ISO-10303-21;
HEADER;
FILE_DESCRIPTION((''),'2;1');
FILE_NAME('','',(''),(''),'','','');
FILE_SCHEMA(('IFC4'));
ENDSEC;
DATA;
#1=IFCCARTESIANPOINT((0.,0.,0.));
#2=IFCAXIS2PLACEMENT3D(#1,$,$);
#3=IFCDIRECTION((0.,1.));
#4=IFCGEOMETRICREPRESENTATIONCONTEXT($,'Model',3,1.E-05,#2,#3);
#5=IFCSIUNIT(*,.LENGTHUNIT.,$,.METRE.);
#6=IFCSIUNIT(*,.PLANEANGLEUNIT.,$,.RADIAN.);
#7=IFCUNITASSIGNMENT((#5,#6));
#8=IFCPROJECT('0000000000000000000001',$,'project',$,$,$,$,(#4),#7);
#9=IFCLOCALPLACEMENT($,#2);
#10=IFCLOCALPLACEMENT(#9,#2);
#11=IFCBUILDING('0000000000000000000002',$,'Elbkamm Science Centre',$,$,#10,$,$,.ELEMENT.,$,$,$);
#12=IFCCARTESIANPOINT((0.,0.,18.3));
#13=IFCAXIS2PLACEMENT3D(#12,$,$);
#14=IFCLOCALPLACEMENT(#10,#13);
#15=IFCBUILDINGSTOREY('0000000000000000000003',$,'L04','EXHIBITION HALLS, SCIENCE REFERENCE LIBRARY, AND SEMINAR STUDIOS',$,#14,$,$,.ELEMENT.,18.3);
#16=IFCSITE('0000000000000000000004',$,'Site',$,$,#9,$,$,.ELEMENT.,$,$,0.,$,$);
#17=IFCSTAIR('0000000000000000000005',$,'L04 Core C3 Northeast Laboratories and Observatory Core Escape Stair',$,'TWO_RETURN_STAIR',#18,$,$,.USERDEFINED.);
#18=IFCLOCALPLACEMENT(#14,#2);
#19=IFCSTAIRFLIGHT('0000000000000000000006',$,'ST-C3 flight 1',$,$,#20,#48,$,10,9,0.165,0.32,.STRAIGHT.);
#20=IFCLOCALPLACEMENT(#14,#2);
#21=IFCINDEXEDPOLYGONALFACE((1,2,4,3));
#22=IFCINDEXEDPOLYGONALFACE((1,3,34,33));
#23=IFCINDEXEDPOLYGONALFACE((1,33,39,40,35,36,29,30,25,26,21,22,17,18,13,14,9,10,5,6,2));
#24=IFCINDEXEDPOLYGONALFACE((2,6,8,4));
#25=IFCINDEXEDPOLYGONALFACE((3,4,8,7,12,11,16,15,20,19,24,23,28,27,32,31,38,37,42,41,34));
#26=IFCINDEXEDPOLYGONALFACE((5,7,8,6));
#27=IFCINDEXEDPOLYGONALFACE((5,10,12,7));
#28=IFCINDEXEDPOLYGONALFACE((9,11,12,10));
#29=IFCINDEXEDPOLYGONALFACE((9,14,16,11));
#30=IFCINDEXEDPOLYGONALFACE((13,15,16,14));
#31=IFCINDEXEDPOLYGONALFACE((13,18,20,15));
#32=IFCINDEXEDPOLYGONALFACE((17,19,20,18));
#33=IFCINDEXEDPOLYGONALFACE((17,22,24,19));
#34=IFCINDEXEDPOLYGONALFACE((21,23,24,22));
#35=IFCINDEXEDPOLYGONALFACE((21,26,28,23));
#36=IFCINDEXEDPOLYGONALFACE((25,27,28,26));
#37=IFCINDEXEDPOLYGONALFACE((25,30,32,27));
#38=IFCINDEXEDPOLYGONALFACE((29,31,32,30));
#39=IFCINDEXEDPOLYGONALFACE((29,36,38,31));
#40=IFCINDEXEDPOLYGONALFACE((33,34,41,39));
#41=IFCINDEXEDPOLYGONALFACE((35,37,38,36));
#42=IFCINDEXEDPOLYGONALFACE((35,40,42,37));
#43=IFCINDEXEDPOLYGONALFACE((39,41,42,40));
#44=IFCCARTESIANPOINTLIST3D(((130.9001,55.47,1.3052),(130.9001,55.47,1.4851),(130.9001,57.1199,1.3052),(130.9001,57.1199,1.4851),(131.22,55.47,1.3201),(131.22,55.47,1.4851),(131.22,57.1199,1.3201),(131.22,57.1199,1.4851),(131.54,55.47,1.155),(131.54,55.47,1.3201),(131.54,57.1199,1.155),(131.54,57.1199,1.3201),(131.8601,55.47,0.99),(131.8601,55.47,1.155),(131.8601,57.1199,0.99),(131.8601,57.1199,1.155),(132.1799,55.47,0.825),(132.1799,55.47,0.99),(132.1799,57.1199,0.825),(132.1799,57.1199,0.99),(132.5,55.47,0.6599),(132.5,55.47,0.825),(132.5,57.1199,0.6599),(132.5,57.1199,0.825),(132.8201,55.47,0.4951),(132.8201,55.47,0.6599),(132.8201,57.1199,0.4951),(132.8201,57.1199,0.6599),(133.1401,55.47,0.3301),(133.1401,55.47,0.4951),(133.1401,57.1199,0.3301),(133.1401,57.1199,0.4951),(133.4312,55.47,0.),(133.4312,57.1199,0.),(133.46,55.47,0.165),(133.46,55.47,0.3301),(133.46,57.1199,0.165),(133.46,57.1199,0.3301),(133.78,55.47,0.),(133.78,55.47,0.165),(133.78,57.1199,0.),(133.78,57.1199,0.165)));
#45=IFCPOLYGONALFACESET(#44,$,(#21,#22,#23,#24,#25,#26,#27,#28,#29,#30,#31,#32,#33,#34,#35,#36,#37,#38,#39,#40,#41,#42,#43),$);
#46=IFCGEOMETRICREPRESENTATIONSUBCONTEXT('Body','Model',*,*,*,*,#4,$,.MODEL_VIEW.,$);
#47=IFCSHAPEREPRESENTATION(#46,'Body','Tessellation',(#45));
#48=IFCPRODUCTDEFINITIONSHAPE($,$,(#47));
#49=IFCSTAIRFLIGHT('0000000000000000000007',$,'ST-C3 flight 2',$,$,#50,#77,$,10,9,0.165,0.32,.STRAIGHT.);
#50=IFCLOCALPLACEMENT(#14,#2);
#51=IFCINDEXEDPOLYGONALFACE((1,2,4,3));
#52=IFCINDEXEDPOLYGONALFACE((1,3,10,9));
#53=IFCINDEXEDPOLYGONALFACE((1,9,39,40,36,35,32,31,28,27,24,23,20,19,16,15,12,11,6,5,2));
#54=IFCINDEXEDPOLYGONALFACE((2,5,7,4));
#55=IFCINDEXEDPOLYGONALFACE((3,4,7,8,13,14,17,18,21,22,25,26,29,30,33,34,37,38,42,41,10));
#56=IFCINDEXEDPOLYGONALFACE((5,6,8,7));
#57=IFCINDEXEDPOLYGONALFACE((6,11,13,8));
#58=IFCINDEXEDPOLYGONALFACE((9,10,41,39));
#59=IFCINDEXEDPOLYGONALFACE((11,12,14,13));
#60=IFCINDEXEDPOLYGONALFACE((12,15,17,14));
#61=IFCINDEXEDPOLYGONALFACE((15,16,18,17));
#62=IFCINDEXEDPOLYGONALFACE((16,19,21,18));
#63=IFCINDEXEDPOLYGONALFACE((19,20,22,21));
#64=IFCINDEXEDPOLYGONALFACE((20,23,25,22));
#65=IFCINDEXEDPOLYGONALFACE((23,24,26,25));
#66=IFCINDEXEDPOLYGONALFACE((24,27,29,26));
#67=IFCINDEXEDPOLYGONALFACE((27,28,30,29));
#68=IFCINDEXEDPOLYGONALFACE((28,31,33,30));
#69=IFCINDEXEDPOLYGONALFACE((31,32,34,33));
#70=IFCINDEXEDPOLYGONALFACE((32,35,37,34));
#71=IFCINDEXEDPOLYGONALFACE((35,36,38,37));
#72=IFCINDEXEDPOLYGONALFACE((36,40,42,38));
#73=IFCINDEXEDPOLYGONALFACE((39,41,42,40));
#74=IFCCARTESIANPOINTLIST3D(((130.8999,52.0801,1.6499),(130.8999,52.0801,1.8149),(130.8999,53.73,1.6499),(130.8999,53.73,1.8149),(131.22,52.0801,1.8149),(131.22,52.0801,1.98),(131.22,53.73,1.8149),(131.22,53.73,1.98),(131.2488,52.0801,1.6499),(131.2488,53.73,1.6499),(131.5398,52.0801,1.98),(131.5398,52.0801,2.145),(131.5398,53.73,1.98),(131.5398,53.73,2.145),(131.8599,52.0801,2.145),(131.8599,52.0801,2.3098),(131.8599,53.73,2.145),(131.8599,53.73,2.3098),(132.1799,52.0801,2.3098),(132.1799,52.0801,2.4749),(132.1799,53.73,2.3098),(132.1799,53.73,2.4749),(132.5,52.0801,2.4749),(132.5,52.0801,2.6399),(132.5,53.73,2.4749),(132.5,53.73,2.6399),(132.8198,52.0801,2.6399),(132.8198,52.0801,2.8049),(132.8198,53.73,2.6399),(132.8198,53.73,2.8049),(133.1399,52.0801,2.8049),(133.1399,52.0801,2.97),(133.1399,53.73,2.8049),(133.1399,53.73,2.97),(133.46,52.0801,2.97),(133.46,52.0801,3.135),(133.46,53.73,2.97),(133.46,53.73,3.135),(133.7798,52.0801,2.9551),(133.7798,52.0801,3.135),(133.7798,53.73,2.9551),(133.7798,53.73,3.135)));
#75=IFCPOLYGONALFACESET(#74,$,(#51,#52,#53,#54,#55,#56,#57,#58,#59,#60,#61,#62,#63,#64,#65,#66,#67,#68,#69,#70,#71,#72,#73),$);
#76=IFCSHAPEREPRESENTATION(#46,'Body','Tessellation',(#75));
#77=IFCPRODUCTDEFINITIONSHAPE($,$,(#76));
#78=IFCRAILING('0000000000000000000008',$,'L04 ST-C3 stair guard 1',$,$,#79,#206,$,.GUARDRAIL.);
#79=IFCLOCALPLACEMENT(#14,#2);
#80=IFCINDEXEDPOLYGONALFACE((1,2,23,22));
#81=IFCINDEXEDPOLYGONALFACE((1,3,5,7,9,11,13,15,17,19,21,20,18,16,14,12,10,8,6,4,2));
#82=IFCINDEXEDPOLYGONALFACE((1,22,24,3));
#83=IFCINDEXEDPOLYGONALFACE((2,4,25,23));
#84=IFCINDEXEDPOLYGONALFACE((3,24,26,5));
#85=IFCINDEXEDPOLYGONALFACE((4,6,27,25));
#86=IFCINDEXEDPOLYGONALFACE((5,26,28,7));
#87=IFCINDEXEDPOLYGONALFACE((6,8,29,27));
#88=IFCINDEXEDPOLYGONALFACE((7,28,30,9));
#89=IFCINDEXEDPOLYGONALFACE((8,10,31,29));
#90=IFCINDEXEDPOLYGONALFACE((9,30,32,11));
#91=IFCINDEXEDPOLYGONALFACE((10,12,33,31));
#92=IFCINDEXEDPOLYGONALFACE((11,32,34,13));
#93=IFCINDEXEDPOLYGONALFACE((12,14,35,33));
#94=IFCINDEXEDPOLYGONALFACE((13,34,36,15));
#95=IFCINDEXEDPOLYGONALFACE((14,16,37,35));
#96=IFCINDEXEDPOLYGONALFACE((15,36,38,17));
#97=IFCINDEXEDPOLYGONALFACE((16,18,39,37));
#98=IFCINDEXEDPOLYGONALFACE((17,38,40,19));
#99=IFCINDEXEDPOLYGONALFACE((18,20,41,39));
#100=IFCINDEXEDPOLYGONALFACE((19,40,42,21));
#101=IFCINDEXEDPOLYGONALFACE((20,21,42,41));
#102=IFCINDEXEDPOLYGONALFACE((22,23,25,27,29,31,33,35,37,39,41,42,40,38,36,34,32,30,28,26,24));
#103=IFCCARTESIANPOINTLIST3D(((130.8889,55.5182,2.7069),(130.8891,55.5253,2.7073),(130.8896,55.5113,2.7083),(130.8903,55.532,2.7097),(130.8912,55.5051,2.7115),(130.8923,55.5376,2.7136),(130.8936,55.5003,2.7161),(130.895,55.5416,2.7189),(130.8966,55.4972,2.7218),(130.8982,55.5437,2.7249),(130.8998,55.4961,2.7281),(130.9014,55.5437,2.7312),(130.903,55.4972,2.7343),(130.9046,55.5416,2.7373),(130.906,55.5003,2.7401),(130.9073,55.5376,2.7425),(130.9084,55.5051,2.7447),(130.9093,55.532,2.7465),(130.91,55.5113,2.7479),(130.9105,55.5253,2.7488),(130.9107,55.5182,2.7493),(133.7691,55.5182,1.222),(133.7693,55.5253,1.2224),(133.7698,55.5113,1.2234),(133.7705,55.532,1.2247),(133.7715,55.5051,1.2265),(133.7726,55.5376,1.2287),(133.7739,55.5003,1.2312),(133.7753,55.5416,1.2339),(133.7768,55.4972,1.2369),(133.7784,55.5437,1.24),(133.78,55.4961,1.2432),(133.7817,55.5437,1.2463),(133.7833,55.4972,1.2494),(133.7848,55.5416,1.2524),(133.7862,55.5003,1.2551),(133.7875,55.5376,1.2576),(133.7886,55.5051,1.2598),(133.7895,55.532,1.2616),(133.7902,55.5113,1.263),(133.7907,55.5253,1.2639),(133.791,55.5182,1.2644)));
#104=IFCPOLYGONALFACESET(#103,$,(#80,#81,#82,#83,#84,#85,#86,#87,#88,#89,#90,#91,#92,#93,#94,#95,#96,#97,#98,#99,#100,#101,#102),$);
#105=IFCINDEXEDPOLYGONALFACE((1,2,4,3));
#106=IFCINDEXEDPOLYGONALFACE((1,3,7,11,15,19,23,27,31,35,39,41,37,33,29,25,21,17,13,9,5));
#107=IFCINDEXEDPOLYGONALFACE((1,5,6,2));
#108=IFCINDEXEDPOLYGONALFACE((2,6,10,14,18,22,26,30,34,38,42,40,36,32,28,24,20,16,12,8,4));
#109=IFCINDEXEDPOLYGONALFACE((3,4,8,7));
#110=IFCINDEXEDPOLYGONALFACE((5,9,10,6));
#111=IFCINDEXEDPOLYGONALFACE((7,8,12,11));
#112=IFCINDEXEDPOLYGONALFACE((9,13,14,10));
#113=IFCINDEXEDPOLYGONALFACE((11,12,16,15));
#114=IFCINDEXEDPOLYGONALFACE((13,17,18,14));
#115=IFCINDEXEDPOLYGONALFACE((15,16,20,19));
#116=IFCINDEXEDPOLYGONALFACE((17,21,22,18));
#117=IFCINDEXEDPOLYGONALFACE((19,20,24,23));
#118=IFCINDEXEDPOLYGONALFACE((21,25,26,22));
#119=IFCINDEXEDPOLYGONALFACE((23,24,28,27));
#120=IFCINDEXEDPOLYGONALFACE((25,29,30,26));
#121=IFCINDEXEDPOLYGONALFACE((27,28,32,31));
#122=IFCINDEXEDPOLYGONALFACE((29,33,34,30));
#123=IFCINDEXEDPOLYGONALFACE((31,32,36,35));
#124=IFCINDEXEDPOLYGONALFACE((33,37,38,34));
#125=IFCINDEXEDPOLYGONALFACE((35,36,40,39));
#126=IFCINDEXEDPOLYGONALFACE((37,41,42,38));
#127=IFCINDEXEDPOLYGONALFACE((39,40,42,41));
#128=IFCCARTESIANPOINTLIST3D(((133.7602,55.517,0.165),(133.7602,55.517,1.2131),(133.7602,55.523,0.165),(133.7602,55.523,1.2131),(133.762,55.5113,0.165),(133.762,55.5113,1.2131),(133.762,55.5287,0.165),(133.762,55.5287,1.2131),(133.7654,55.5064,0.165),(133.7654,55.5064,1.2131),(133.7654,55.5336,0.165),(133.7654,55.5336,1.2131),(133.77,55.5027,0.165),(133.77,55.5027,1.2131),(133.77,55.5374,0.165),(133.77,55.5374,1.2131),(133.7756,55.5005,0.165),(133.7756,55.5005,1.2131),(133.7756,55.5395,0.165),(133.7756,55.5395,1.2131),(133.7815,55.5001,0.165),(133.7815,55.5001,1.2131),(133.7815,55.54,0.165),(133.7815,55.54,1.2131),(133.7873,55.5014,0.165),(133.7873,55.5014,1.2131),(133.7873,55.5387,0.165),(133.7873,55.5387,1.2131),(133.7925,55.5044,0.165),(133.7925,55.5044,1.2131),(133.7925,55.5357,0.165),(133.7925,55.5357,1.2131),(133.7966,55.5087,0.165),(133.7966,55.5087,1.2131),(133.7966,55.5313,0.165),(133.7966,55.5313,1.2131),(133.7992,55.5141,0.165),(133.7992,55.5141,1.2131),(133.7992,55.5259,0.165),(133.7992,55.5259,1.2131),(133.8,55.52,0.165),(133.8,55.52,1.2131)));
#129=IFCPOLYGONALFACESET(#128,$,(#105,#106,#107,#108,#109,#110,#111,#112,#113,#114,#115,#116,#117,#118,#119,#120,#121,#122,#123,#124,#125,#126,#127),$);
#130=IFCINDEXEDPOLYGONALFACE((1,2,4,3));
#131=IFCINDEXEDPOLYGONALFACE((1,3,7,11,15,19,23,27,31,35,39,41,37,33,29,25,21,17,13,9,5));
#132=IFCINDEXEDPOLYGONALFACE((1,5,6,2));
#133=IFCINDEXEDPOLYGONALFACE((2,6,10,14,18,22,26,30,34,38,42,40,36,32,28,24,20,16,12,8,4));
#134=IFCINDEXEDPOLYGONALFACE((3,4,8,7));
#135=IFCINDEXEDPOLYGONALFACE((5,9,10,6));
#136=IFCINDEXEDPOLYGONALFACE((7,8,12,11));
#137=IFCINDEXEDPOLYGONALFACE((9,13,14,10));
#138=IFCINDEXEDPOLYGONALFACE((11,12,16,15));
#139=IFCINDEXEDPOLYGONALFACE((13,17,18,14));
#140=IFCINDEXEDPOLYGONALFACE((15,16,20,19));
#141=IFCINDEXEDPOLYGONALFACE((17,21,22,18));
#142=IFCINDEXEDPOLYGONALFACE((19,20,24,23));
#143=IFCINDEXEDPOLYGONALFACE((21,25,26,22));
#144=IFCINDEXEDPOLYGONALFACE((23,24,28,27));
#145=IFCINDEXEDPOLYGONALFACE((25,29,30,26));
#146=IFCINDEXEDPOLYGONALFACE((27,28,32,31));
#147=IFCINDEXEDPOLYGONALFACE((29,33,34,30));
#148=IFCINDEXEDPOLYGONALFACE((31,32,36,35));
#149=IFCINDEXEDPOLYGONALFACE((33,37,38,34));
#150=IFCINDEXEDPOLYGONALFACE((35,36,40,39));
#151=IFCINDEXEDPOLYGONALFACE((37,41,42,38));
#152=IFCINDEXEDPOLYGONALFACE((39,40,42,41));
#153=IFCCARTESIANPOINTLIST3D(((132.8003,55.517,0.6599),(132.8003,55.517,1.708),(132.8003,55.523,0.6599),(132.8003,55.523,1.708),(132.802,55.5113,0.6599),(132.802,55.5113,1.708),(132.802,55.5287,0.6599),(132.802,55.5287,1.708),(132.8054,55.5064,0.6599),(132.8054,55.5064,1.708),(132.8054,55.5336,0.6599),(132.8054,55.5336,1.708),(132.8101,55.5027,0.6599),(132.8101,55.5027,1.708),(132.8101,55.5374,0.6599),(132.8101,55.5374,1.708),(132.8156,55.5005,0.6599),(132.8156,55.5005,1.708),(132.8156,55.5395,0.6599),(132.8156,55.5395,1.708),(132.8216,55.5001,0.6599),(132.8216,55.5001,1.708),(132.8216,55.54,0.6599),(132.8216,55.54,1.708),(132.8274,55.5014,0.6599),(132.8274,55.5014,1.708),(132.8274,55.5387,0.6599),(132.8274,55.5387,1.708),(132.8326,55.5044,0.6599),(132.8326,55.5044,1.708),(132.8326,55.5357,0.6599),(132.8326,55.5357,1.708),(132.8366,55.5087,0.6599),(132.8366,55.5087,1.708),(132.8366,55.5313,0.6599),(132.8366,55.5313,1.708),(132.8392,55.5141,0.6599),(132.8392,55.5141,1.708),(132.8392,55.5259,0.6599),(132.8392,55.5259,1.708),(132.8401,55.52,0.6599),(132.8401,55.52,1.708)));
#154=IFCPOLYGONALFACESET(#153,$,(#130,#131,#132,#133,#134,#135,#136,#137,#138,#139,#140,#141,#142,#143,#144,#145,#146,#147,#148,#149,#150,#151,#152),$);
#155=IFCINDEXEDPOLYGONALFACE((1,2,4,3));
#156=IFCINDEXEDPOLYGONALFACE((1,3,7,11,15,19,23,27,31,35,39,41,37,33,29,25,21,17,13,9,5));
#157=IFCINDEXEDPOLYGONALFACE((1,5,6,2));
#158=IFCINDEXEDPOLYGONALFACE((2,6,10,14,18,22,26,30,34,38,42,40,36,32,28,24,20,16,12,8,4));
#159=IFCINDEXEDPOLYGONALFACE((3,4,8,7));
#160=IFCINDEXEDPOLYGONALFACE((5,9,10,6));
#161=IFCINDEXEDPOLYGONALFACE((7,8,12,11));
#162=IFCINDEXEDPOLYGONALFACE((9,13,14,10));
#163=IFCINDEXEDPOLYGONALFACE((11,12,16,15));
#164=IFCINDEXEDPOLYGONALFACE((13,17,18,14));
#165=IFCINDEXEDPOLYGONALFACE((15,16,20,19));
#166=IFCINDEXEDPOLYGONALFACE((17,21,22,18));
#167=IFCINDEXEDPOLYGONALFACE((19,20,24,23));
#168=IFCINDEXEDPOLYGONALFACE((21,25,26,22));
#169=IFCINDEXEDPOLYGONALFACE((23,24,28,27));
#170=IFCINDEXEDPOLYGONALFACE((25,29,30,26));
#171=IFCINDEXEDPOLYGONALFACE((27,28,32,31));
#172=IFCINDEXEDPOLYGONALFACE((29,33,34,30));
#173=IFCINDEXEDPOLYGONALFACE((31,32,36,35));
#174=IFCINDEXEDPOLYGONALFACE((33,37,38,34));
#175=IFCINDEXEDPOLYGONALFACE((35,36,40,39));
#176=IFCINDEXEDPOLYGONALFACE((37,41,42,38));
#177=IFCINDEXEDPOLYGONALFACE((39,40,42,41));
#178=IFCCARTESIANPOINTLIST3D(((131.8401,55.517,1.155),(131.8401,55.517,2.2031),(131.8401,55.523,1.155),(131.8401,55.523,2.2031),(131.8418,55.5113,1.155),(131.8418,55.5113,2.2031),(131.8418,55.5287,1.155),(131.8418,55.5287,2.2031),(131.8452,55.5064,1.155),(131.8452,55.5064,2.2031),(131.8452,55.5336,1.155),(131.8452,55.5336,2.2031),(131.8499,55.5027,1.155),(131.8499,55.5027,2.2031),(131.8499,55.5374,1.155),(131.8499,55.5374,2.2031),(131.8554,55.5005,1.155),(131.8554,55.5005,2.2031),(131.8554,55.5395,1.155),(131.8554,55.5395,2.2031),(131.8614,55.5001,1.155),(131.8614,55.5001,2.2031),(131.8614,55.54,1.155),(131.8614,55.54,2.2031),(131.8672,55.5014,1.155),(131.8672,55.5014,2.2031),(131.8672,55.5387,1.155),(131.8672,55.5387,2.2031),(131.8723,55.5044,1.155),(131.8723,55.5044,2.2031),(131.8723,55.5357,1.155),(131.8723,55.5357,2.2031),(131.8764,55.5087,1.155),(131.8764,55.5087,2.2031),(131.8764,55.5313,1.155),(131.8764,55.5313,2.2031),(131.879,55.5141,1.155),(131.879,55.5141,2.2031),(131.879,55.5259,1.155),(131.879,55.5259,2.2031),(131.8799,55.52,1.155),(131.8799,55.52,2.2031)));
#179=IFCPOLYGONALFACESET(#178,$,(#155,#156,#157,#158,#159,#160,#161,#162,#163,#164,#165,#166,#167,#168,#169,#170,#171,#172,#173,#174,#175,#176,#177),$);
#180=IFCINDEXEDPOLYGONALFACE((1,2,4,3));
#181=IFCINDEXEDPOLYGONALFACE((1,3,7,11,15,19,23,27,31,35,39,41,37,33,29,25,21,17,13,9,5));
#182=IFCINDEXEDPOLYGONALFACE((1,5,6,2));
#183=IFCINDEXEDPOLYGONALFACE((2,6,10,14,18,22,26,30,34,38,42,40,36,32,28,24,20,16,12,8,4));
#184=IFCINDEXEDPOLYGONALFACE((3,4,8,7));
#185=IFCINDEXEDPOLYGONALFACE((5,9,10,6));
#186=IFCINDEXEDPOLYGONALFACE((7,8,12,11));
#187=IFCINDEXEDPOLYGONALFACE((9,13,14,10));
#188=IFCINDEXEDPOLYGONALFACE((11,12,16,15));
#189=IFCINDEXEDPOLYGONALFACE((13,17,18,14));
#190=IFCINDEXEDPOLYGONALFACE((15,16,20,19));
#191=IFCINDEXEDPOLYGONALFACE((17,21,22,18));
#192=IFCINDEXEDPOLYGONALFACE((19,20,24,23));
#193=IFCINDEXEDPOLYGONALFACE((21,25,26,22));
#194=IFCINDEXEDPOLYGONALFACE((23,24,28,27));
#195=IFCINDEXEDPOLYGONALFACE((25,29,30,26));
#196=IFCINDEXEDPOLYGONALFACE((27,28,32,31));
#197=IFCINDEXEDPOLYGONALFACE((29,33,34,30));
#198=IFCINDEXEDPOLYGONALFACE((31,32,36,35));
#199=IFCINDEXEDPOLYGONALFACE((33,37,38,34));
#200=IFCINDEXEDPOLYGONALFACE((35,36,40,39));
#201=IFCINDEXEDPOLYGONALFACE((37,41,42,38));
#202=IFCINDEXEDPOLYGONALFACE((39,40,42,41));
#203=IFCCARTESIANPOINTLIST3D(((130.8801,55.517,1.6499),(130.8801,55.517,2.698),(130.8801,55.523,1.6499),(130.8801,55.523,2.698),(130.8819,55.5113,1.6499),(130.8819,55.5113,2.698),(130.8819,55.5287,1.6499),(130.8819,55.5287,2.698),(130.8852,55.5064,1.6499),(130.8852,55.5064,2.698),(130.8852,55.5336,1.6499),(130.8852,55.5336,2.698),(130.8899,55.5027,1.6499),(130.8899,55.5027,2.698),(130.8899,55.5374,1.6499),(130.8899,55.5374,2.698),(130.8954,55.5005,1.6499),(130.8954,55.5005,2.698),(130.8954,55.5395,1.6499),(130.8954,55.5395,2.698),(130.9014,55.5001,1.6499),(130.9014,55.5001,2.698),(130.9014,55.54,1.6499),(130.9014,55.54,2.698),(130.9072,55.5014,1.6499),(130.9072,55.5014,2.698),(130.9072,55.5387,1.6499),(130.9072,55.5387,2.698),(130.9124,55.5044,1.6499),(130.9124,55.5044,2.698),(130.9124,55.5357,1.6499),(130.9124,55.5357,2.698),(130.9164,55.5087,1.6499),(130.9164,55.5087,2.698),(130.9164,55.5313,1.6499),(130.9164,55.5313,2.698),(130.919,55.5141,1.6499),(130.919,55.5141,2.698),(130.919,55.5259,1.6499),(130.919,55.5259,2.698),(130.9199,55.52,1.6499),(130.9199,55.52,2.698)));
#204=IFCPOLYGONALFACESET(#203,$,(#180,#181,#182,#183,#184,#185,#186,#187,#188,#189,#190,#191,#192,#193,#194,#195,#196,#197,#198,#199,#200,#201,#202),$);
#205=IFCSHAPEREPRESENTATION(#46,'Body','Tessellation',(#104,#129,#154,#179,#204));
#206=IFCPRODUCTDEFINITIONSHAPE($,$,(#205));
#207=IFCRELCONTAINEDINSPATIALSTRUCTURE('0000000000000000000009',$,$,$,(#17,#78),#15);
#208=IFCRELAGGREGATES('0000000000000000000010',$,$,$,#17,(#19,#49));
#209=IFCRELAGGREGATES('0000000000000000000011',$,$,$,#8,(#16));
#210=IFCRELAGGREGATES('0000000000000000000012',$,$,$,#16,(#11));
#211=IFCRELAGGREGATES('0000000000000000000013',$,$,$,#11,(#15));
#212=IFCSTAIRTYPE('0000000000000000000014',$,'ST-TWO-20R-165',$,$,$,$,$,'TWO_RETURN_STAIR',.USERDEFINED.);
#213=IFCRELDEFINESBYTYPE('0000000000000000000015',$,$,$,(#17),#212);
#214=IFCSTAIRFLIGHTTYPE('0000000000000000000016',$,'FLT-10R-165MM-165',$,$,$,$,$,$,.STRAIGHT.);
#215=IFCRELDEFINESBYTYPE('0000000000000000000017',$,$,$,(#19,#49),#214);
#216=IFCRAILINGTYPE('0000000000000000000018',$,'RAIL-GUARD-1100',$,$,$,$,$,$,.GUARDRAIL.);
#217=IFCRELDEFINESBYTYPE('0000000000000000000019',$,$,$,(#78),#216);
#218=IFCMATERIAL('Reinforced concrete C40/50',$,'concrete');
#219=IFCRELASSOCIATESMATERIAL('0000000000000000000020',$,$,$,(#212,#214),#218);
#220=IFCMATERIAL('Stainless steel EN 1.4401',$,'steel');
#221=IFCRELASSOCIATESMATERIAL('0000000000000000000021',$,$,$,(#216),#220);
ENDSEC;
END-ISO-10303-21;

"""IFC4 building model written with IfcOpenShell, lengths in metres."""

from ifc_helpers import new_model, si_unit, direction, frame, origin, origin_2d, place, context, subcontext, project, spatial, polyline, circle, outline, extrude, material, type_object, element, aggregate, save


model = new_model("IFC4")

# Units and contexts
model_context = context("Model", 3, precision=1e-05, world=origin(), true_north=direction((0.0, 1.0)))
body_context = subcontext(model_context, "Body", "Model", "MODEL_VIEW")
ifc_project = project(units=[si_unit("LENGTHUNIT", "METRE"), si_unit("PLANEANGLEUNIT", "RADIAN")], contexts=[model_context])

# Site, building, storey
site_placement = place(None, origin())
site = spatial("IfcSite", under=ifc_project, at=site_placement, Name="Site", CompositionType="ELEMENT", RefElevation=0.0)
building_placement = place(site_placement, origin())
building = spatial("IfcBuilding", under=site, at=building_placement, Name="Elbkamm Science Centre", CompositionType="ELEMENT")
storey_placement = place(building_placement, frame((0.0, 0.0, 18.3)))
storey = spatial("IfcBuildingStorey", under=building, at=storey_placement, Name="L04", Description="EXHIBITION HALLS, SCIENCE REFERENCE LIBRARY, AND SEMINAR STUDIOS", CompositionType="ELEMENT", Elevation=18.3)

# Shared definitions
ifc_material_1 = material(Name="Reinforced concrete C40/50", Category="concrete")

# Stair, stair flights
stair_type = type_object("IfcStairType", Name="ST-TWO-20R-165", ElementType="TWO_RETURN_STAIR", PredefinedType="USERDEFINED", material=ifc_material_1)
stair_placement = place(storey_placement, origin())
stair = element("IfcStair", 1, at=stair_placement, inside=storey, type_object=stair_type, Name="L04 Core C3 Northeast Laboratories and Observatory Core Escape Stair", ObjectType="TWO_RETURN_STAIR", PredefinedType="USERDEFINED")
stair_flight_type = type_object("IfcStairFlightType", Name="FLT-10R-165MM-165", PredefinedType="STRAIGHT", material=ifc_material_1)
stair_flight_1_placement = place(storey_placement, frame((133.78, 56.2949, 0.0), z_axis=(0.0, 0.0, 1.0), x_axis=(-1.0, 0.0, 0.0)))
stair_flight_1 = element("IfcStairFlight", 2, at=stair_flight_1_placement, type_object=stair_flight_type, Name="ST-C3 flight 1", NumberOfRisers=10, NumberOfTreads=9, PredefinedType="STRAIGHT", RiserHeight=0.165, TreadLength=0.32, context=body_context, shape_type="SweptSolid", body=[
    extrude(outline(polyline([(0.0, 0.0), (0.0, 0.165), (0.3201, 0.165), (0.3201, 0.3301), (0.6399, 0.3301), (0.6399, 0.4951), (0.96, 0.4951), (0.96, 0.6599), (1.28, 0.6599), (1.28, 0.825), (1.6001, 0.825), (1.6001, 0.99), (1.9199, 0.99), (1.9199, 1.155), (2.24, 1.155), (2.24, 1.3201), (2.5601, 1.3201), (2.5601, 1.4851), (2.8799, 1.4851), (2.8799, 1.6499), (2.8799, 1.3052), (0.3489, 0.0), (0.0, 0.0)])), frame((0.0, 0.825, 0.0), z_axis=(0.0, -1.0, 0.0), x_axis=(1.0, 0.0, 0.0)), (0.0, 0.0, 1.0), 1.6499),
])
stair_flight_2_placement = place(storey_placement, frame((130.8999, 52.905, 1.6499), z_axis=(0.0, 0.0, 1.0), x_axis=(1.0, 0.0, 0.0)))
stair_flight_2 = element("IfcStairFlight", 3, at=stair_flight_2_placement, type_object=stair_flight_type, Name="ST-C3 flight 2", NumberOfRisers=10, NumberOfTreads=9, PredefinedType="STRAIGHT", RiserHeight=0.165, TreadLength=0.32, context=body_context, shape_type="SweptSolid", body=[
    extrude(outline(polyline([(0.0, 0.0), (0.0, 0.165), (0.3201, 0.165), (0.3201, 0.3301), (0.6399, 0.3301), (0.6399, 0.4951), (0.96, 0.4951), (0.96, 0.6599), (1.28, 0.6599), (1.28, 0.825), (1.6001, 0.825), (1.6001, 0.99), (1.9199, 0.99), (1.9199, 1.155), (2.24, 1.155), (2.24, 1.3201), (2.5601, 1.3201), (2.5601, 1.4851), (2.8799, 1.4851), (2.8799, 1.6499), (2.8799, 1.3052), (0.3489, 0.0), (0.0, 0.0)])), frame((0.0, 0.825, 0.0), z_axis=(0.0, -1.0, 0.0), x_axis=(1.0, 0.0, 0.0)), (0.0, 0.0, 1.0), 1.6499),
])
aggregate(stair, [stair_flight_1, stair_flight_2])

# Railing
ifc_material_2 = material(Name="Stainless steel EN 1.4401", Category="steel")
railing_type_1 = type_object("IfcRailingType", Name="RAIL-GUARD-1100", PredefinedType="GUARDRAIL", material=ifc_material_2)
railing_1_placement = place(storey_placement, frame((133.78, 55.52, 0.165)))
element("IfcRailing", 4, at=railing_1_placement, inside=storey, type_object=railing_type_1, Name="L04 ST-C3 stair guard 1", PredefinedType="GUARDRAIL", context=body_context, shape_type="SweptSolid", body=[
    extrude(circle(Radius=0.0239, at=origin_2d()), frame((0.0, 0.0, 1.0781), z_axis=(-0.888829, 0.0, 0.45824), x_axis=(0.0, -1.0, 0.0)), (0.0, 0.0, 1.0), 3.2405),
    extrude(circle(Radius=0.02, at=origin_2d()), origin(), (0.0, 0.0, 1.0), 1.0481),
    extrude(circle(Radius=0.02, at=origin_2d()), frame((-0.96, 0.0, 0.4949)), (0.0, 0.0, 1.0), 1.0481),
    extrude(circle(Radius=0.02, at=origin_2d()), frame((-1.9202, 0.0, 0.99)), (0.0, 0.0, 1.0), 1.0481),
    extrude(circle(Radius=0.02, at=origin_2d()), frame((-2.8801, 0.0, 1.4849)), (0.0, 0.0, 1.0), 1.0481),
])

save(model, "model.ifc")
